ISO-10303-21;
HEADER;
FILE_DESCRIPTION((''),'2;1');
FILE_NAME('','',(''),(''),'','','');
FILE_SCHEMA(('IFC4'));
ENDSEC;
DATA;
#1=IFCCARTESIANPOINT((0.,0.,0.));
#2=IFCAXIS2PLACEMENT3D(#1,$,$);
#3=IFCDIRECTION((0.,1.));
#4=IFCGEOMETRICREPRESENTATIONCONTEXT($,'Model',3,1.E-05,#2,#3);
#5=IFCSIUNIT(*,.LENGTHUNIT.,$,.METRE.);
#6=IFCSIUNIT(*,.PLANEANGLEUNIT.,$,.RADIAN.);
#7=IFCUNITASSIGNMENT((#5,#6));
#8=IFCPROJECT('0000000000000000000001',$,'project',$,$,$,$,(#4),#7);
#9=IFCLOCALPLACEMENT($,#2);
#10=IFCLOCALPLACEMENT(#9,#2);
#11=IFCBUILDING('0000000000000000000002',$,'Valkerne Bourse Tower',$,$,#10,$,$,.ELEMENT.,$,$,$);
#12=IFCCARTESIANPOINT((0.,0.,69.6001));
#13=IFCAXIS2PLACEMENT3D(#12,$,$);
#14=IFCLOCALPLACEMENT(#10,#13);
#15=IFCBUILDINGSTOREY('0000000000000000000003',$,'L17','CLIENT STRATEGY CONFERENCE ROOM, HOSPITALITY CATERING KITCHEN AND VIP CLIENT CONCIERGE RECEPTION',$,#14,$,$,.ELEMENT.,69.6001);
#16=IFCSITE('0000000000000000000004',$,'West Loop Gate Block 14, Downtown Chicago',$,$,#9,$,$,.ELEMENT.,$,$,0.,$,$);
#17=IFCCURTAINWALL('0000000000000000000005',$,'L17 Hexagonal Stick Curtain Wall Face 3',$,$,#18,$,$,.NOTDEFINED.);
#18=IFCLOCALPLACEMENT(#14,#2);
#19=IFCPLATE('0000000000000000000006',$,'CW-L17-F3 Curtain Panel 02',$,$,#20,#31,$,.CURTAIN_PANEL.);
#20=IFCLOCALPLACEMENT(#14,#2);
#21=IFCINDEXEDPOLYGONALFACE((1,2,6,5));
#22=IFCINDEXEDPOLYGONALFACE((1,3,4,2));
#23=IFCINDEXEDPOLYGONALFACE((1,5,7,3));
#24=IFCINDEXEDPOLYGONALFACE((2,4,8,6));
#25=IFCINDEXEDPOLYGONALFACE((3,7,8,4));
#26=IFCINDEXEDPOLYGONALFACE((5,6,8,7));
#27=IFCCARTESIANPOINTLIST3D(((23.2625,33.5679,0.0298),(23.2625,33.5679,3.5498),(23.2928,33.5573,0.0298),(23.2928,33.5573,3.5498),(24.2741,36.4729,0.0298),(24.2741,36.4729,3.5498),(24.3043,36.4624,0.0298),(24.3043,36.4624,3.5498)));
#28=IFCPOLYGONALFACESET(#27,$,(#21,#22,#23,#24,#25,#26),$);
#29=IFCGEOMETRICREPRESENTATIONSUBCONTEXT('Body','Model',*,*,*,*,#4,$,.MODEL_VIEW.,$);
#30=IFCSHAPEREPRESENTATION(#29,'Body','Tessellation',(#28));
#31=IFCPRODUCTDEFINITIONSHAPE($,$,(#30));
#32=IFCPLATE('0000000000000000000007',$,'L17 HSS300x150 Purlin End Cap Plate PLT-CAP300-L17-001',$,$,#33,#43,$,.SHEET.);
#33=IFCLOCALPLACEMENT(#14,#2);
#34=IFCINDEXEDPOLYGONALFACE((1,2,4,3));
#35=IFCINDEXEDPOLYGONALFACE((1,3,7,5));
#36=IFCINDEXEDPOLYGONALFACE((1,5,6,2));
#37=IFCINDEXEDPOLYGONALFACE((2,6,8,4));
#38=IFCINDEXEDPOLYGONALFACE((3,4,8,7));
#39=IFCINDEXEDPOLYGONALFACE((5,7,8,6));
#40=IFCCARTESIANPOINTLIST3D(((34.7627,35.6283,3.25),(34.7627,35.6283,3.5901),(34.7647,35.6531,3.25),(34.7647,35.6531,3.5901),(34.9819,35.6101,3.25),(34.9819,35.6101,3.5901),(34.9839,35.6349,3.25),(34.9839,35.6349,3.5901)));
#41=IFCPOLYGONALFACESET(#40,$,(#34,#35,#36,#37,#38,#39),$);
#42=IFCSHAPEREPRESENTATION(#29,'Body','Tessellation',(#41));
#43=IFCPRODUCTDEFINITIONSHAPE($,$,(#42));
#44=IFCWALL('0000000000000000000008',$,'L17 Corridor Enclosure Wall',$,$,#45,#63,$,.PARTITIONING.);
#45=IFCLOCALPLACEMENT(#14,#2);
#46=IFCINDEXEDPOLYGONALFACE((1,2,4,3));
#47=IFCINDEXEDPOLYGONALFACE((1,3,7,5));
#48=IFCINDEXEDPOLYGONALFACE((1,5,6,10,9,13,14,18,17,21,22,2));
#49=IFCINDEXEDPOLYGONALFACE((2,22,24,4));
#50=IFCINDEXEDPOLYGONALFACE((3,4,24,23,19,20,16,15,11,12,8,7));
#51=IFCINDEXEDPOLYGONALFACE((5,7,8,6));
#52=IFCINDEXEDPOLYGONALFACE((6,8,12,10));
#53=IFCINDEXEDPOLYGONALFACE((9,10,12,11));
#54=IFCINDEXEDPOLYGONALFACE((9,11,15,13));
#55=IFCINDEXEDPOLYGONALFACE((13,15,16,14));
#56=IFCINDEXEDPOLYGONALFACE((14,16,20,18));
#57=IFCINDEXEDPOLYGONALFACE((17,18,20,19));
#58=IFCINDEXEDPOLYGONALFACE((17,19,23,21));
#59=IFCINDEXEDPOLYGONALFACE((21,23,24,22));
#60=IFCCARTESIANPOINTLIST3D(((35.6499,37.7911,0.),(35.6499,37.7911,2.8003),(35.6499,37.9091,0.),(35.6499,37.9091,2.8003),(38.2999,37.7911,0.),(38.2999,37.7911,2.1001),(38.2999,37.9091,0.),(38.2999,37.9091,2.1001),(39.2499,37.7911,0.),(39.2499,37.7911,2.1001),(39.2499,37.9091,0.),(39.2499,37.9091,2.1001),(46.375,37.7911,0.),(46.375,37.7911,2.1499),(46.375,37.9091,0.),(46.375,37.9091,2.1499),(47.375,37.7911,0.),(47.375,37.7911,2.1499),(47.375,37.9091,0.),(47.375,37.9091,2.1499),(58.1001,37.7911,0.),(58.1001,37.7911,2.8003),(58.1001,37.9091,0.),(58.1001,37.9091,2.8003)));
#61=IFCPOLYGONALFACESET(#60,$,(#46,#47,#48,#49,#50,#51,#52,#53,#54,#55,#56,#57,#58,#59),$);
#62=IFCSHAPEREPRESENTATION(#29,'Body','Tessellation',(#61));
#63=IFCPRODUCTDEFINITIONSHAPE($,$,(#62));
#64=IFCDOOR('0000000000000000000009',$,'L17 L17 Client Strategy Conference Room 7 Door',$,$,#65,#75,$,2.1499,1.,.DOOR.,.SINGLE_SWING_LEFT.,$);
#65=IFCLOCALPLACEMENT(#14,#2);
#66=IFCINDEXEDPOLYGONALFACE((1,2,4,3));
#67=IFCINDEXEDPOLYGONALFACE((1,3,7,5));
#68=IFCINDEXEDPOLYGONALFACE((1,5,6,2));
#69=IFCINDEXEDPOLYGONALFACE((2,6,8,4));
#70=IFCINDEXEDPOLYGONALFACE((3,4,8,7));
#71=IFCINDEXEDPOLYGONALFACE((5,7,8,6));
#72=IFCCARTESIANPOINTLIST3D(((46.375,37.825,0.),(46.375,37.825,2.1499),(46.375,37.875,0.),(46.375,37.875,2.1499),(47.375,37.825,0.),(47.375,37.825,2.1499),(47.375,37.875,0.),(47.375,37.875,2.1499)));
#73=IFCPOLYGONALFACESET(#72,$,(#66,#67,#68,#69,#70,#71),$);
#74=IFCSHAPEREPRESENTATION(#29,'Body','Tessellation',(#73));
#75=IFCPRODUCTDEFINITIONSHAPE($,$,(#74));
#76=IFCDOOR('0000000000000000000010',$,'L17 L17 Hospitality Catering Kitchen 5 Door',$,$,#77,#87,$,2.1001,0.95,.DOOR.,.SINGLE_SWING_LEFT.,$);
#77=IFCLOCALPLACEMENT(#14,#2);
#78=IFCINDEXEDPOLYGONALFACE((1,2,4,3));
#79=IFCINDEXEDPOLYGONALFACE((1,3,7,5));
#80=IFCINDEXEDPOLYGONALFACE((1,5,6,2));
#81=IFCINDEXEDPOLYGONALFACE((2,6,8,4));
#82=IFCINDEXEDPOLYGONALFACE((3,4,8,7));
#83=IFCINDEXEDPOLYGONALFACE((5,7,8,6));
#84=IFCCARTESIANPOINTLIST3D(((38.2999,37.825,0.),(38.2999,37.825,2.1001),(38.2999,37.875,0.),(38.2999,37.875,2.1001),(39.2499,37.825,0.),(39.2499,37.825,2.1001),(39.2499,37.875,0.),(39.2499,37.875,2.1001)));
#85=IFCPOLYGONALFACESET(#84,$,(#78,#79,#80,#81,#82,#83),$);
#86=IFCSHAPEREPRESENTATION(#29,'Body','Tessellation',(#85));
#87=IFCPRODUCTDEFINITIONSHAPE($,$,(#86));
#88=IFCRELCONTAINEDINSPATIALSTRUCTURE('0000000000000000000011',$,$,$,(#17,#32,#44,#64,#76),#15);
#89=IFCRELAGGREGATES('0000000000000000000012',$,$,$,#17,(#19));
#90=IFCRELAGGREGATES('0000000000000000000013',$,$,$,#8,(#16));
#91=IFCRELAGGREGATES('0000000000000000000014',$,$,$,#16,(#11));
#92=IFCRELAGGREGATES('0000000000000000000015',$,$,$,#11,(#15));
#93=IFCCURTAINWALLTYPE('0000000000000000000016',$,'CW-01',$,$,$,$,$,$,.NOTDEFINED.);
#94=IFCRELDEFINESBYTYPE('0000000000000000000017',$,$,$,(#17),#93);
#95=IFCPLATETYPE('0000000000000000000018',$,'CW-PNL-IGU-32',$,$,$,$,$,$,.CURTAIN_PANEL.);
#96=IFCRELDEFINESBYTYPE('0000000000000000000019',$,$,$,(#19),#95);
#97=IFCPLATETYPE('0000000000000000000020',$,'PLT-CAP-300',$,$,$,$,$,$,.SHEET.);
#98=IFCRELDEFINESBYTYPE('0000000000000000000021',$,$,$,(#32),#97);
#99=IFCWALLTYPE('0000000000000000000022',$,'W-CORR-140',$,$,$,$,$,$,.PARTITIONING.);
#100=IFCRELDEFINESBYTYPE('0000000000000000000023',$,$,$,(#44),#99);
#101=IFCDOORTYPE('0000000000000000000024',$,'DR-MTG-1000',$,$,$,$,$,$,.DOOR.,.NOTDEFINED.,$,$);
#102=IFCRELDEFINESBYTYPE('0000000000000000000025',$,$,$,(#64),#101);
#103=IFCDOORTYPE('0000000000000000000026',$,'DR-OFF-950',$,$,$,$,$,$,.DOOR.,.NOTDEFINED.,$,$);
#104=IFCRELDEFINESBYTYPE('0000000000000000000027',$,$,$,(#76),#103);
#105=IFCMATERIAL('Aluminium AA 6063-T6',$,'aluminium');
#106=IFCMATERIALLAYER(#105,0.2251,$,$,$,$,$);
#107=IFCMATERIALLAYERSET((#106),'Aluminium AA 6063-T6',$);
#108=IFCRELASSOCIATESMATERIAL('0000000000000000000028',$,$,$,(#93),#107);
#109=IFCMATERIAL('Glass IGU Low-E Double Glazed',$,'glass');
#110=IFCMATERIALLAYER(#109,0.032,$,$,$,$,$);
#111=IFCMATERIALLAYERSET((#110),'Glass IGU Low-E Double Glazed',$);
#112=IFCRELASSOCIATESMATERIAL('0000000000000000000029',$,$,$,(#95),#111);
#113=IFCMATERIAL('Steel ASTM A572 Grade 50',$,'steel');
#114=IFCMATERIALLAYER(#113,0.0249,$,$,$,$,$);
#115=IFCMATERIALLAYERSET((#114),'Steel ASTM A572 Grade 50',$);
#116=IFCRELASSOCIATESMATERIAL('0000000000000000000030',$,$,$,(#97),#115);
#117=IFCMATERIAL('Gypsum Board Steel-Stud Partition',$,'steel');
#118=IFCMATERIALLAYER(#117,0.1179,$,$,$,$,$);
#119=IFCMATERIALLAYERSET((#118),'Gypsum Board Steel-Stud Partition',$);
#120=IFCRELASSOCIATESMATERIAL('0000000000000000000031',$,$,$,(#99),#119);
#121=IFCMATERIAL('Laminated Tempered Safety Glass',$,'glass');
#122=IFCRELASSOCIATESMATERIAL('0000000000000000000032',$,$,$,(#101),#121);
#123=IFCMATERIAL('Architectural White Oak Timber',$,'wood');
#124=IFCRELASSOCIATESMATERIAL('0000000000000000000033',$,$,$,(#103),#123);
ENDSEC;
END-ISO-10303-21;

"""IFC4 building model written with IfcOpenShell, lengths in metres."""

from ifc_helpers import new_model, si_unit, direction, frame, frame_2d, origin, origin_2d, place, context, subcontext, project, spatial, rectangle, extrude, material, layer, layer_set, type_object, element, fill, aggregate, save


model = new_model("IFC4")

# Units and contexts
model_context = context("Model", 3, precision=1e-05, world=origin(), true_north=direction((0.0, 1.0)))
body_context = subcontext(model_context, "Body", "Model", "MODEL_VIEW")
ifc_project = project(units=[si_unit("LENGTHUNIT", "METRE"), si_unit("PLANEANGLEUNIT", "RADIAN")], contexts=[model_context])

# Site, building, storey
site_placement = place(None, origin())
site = spatial("IfcSite", under=ifc_project, at=site_placement, Name="West Loop Gate Block 14, Downtown Chicago", CompositionType="ELEMENT", RefElevation=0.0)
building_placement = place(site_placement, origin())
building = spatial("IfcBuilding", under=site, at=building_placement, Name="Valkerne Bourse Tower", CompositionType="ELEMENT")
storey_placement = place(building_placement, frame((0.0, 0.0, 69.6001)))
storey = spatial("IfcBuildingStorey", under=building, at=storey_placement, Name="L17", Description="CLIENT STRATEGY CONFERENCE ROOM, HOSPITALITY CATERING KITCHEN AND VIP CLIENT CONCIERGE RECEPTION", CompositionType="ELEMENT", Elevation=69.6001)

# Curtain wall
ifc_material_1 = material(Name="Aluminium AA 6063-T6", Category="aluminium")
ifc_layer_1 = layer(ifc_material_1, 0.2251)
ifc_layer_set_1 = layer_set([ifc_layer_1], Name="Aluminium AA 6063-T6")
curtain_wall_type = type_object("IfcCurtainWallType", Name="CW-01", PredefinedType="NOTDEFINED", material=ifc_layer_set_1)
curtain_wall_placement = place(storey_placement, origin())
curtain_wall = element("IfcCurtainWall", 1, at=curtain_wall_placement, inside=storey, type_object=curtain_wall_type, Name="L17 Hexagonal Stick Curtain Wall Face 3", PredefinedType="NOTDEFINED")

# Plates
ifc_material_2 = material(Name="Glass IGU Low-E Double Glazed", Category="glass")
ifc_layer_2 = layer(ifc_material_2, 0.032)
ifc_layer_set_2 = layer_set([ifc_layer_2], Name="Glass IGU Low-E Double Glazed")
plate_type_1 = type_object("IfcPlateType", Name="CW-PNL-IGU-32", PredefinedType="CURTAIN_PANEL", material=ifc_layer_set_2)
plate_1_placement = place(storey_placement, frame((23.7834, 35.0151, 0.0298), z_axis=(0.0, 0.0, 1.0), x_axis=(-0.32885, -0.944382, 0.0)))
plate_1 = element("IfcPlate", 2, at=plate_1_placement, type_object=plate_type_1, Name="CW-L17-F3 Curtain Panel 02", PredefinedType="CURTAIN_PANEL", context=body_context, shape_type="SweptSolid", body=[
    extrude(rectangle(XDim=3.0762, YDim=0.032, at=origin_2d()), origin(), (0.0, 0.0, 1.0), 3.52),
])
aggregate(curtain_wall, [plate_1])
ifc_material_3 = material(Name="Steel ASTM A572 Grade 50", Category="steel")
ifc_layer_3 = layer(ifc_material_3, 0.0249)
ifc_layer_set_3 = layer_set([ifc_layer_3], Name="Steel ASTM A572 Grade 50")
plate_type_2 = type_object("IfcPlateType", Name="PLT-CAP-300", PredefinedType="SHEET", material=ifc_layer_set_3)
plate_2_placement = place(storey_placement, frame((34.8733, 35.6316, 3.25), z_axis=(0.0, 0.0, 1.0), x_axis=(-0.082982, -0.996551, 0.0)))
element("IfcPlate", 3, at=plate_2_placement, inside=storey, type_object=plate_type_2, Name="L17 HSS300x150 Purlin End Cap Plate PLT-CAP300-L17-001", PredefinedType="SHEET", context=body_context, shape_type="SweptSolid", body=[
    extrude(rectangle(XDim=0.0249, YDim=0.22, at=origin_2d()), origin(), (0.0, 0.0, 1.0), 0.3401),
])

# Wall, openings, doors
ifc_material_4 = material(Name="Gypsum Board Steel-Stud Partition", Category="steel")
ifc_layer_4 = layer(ifc_material_4, 0.1179)
ifc_layer_set_4 = layer_set([ifc_layer_4], Name="Gypsum Board Steel-Stud Partition")
wall_type = type_object("IfcWallType", Name="W-CORR-140", PredefinedType="PARTITIONING", material=ifc_layer_set_4)
wall_placement = place(storey_placement, frame((35.6499, 37.8501, 0.0), z_axis=(0.0, 0.0, 1.0), x_axis=(1.0, 0.0, 0.0)))
wall = element("IfcWall", 4, at=wall_placement, inside=storey, type_object=wall_type, Name="L17 Corridor Enclosure Wall", PredefinedType="PARTITIONING", context=body_context, shape_type="SweptSolid", body=[
    extrude(rectangle(XDim=22.4502, YDim=0.1179, at=frame_2d((11.2251, 0.0))), origin(), (0.0, 0.0, 1.0), 2.8003),
])
opening_1_placement = place(wall_placement, frame((2.6499, 0.0, 0.0)))
opening_1 = element("IfcOpeningElement", 5, at=opening_1_placement, cuts=wall, PredefinedType="OPENING", context=body_context, shape_type="SweptSolid", body=[
    extrude(rectangle(XDim=0.95, YDim=2.1001, at=frame_2d((0.4751, 1.05))), frame((0.0, 0.0688, 0.0), z_axis=(0.0, -1.0, 0.0), x_axis=(1.0, 0.0, 0.0)), (0.0, 0.0, 1.0), 0.1379),
])
opening_2_placement = place(wall_placement, frame((10.7251, 0.0, 0.0)))
opening_2 = element("IfcOpeningElement", 6, at=opening_2_placement, cuts=wall, PredefinedType="OPENING", context=body_context, shape_type="SweptSolid", body=[
    extrude(rectangle(XDim=1.0, YDim=2.1499, at=frame_2d((0.5, 1.075))), frame((0.0, 0.0688, 0.0), z_axis=(0.0, -1.0, 0.0), x_axis=(1.0, 0.0, 0.0)), (0.0, 0.0, 1.0), 0.1379),
])
ifc_material_5 = material(Name="Laminated Tempered Safety Glass", Category="glass")
door_type_1 = type_object("IfcDoorType", Name="DR-MTG-1000", OperationType="NOTDEFINED", PredefinedType="DOOR", material=ifc_material_5)
door_1_placement = place(opening_2_placement, origin())
door_1 = element("IfcDoor", 7, at=door_1_placement, inside=storey, type_object=door_type_1, Name="L17 L17 Client Strategy Conference Room 7 Door", OperationType="SINGLE_SWING_LEFT", OverallHeight=2.1499, OverallWidth=1.0, PredefinedType="DOOR", context=body_context, shape_type="SweptSolid", body=[
    extrude(rectangle(XDim=1.0, YDim=2.1499, at=frame_2d((0.5, 1.075))), frame((0.0, 0.0249, 0.0), z_axis=(0.0, -1.0, 0.0), x_axis=(1.0, 0.0, 0.0)), (0.0, 0.0, 1.0), 0.05),
])
fill(opening_2, door_1)
ifc_material_6 = material(Name="Architectural White Oak Timber", Category="wood")
door_type_2 = type_object("IfcDoorType", Name="DR-OFF-950", OperationType="NOTDEFINED", PredefinedType="DOOR", material=ifc_material_6)
door_2_placement = place(opening_1_placement, origin())
door_2 = element("IfcDoor", 8, at=door_2_placement, inside=storey, type_object=door_type_2, Name="L17 L17 Hospitality Catering Kitchen 5 Door", OperationType="SINGLE_SWING_LEFT", OverallHeight=2.1001, OverallWidth=0.95, PredefinedType="DOOR", context=body_context, shape_type="SweptSolid", body=[
    extrude(rectangle(XDim=0.95, YDim=2.1001, at=frame_2d((0.4751, 1.05))), frame((0.0, 0.0249, 0.0), z_axis=(0.0, -1.0, 0.0), x_axis=(1.0, 0.0, 0.0)), (0.0, 0.0, 1.0), 0.05),
])
fill(opening_1, door_2)

save(model, "model.ifc")
